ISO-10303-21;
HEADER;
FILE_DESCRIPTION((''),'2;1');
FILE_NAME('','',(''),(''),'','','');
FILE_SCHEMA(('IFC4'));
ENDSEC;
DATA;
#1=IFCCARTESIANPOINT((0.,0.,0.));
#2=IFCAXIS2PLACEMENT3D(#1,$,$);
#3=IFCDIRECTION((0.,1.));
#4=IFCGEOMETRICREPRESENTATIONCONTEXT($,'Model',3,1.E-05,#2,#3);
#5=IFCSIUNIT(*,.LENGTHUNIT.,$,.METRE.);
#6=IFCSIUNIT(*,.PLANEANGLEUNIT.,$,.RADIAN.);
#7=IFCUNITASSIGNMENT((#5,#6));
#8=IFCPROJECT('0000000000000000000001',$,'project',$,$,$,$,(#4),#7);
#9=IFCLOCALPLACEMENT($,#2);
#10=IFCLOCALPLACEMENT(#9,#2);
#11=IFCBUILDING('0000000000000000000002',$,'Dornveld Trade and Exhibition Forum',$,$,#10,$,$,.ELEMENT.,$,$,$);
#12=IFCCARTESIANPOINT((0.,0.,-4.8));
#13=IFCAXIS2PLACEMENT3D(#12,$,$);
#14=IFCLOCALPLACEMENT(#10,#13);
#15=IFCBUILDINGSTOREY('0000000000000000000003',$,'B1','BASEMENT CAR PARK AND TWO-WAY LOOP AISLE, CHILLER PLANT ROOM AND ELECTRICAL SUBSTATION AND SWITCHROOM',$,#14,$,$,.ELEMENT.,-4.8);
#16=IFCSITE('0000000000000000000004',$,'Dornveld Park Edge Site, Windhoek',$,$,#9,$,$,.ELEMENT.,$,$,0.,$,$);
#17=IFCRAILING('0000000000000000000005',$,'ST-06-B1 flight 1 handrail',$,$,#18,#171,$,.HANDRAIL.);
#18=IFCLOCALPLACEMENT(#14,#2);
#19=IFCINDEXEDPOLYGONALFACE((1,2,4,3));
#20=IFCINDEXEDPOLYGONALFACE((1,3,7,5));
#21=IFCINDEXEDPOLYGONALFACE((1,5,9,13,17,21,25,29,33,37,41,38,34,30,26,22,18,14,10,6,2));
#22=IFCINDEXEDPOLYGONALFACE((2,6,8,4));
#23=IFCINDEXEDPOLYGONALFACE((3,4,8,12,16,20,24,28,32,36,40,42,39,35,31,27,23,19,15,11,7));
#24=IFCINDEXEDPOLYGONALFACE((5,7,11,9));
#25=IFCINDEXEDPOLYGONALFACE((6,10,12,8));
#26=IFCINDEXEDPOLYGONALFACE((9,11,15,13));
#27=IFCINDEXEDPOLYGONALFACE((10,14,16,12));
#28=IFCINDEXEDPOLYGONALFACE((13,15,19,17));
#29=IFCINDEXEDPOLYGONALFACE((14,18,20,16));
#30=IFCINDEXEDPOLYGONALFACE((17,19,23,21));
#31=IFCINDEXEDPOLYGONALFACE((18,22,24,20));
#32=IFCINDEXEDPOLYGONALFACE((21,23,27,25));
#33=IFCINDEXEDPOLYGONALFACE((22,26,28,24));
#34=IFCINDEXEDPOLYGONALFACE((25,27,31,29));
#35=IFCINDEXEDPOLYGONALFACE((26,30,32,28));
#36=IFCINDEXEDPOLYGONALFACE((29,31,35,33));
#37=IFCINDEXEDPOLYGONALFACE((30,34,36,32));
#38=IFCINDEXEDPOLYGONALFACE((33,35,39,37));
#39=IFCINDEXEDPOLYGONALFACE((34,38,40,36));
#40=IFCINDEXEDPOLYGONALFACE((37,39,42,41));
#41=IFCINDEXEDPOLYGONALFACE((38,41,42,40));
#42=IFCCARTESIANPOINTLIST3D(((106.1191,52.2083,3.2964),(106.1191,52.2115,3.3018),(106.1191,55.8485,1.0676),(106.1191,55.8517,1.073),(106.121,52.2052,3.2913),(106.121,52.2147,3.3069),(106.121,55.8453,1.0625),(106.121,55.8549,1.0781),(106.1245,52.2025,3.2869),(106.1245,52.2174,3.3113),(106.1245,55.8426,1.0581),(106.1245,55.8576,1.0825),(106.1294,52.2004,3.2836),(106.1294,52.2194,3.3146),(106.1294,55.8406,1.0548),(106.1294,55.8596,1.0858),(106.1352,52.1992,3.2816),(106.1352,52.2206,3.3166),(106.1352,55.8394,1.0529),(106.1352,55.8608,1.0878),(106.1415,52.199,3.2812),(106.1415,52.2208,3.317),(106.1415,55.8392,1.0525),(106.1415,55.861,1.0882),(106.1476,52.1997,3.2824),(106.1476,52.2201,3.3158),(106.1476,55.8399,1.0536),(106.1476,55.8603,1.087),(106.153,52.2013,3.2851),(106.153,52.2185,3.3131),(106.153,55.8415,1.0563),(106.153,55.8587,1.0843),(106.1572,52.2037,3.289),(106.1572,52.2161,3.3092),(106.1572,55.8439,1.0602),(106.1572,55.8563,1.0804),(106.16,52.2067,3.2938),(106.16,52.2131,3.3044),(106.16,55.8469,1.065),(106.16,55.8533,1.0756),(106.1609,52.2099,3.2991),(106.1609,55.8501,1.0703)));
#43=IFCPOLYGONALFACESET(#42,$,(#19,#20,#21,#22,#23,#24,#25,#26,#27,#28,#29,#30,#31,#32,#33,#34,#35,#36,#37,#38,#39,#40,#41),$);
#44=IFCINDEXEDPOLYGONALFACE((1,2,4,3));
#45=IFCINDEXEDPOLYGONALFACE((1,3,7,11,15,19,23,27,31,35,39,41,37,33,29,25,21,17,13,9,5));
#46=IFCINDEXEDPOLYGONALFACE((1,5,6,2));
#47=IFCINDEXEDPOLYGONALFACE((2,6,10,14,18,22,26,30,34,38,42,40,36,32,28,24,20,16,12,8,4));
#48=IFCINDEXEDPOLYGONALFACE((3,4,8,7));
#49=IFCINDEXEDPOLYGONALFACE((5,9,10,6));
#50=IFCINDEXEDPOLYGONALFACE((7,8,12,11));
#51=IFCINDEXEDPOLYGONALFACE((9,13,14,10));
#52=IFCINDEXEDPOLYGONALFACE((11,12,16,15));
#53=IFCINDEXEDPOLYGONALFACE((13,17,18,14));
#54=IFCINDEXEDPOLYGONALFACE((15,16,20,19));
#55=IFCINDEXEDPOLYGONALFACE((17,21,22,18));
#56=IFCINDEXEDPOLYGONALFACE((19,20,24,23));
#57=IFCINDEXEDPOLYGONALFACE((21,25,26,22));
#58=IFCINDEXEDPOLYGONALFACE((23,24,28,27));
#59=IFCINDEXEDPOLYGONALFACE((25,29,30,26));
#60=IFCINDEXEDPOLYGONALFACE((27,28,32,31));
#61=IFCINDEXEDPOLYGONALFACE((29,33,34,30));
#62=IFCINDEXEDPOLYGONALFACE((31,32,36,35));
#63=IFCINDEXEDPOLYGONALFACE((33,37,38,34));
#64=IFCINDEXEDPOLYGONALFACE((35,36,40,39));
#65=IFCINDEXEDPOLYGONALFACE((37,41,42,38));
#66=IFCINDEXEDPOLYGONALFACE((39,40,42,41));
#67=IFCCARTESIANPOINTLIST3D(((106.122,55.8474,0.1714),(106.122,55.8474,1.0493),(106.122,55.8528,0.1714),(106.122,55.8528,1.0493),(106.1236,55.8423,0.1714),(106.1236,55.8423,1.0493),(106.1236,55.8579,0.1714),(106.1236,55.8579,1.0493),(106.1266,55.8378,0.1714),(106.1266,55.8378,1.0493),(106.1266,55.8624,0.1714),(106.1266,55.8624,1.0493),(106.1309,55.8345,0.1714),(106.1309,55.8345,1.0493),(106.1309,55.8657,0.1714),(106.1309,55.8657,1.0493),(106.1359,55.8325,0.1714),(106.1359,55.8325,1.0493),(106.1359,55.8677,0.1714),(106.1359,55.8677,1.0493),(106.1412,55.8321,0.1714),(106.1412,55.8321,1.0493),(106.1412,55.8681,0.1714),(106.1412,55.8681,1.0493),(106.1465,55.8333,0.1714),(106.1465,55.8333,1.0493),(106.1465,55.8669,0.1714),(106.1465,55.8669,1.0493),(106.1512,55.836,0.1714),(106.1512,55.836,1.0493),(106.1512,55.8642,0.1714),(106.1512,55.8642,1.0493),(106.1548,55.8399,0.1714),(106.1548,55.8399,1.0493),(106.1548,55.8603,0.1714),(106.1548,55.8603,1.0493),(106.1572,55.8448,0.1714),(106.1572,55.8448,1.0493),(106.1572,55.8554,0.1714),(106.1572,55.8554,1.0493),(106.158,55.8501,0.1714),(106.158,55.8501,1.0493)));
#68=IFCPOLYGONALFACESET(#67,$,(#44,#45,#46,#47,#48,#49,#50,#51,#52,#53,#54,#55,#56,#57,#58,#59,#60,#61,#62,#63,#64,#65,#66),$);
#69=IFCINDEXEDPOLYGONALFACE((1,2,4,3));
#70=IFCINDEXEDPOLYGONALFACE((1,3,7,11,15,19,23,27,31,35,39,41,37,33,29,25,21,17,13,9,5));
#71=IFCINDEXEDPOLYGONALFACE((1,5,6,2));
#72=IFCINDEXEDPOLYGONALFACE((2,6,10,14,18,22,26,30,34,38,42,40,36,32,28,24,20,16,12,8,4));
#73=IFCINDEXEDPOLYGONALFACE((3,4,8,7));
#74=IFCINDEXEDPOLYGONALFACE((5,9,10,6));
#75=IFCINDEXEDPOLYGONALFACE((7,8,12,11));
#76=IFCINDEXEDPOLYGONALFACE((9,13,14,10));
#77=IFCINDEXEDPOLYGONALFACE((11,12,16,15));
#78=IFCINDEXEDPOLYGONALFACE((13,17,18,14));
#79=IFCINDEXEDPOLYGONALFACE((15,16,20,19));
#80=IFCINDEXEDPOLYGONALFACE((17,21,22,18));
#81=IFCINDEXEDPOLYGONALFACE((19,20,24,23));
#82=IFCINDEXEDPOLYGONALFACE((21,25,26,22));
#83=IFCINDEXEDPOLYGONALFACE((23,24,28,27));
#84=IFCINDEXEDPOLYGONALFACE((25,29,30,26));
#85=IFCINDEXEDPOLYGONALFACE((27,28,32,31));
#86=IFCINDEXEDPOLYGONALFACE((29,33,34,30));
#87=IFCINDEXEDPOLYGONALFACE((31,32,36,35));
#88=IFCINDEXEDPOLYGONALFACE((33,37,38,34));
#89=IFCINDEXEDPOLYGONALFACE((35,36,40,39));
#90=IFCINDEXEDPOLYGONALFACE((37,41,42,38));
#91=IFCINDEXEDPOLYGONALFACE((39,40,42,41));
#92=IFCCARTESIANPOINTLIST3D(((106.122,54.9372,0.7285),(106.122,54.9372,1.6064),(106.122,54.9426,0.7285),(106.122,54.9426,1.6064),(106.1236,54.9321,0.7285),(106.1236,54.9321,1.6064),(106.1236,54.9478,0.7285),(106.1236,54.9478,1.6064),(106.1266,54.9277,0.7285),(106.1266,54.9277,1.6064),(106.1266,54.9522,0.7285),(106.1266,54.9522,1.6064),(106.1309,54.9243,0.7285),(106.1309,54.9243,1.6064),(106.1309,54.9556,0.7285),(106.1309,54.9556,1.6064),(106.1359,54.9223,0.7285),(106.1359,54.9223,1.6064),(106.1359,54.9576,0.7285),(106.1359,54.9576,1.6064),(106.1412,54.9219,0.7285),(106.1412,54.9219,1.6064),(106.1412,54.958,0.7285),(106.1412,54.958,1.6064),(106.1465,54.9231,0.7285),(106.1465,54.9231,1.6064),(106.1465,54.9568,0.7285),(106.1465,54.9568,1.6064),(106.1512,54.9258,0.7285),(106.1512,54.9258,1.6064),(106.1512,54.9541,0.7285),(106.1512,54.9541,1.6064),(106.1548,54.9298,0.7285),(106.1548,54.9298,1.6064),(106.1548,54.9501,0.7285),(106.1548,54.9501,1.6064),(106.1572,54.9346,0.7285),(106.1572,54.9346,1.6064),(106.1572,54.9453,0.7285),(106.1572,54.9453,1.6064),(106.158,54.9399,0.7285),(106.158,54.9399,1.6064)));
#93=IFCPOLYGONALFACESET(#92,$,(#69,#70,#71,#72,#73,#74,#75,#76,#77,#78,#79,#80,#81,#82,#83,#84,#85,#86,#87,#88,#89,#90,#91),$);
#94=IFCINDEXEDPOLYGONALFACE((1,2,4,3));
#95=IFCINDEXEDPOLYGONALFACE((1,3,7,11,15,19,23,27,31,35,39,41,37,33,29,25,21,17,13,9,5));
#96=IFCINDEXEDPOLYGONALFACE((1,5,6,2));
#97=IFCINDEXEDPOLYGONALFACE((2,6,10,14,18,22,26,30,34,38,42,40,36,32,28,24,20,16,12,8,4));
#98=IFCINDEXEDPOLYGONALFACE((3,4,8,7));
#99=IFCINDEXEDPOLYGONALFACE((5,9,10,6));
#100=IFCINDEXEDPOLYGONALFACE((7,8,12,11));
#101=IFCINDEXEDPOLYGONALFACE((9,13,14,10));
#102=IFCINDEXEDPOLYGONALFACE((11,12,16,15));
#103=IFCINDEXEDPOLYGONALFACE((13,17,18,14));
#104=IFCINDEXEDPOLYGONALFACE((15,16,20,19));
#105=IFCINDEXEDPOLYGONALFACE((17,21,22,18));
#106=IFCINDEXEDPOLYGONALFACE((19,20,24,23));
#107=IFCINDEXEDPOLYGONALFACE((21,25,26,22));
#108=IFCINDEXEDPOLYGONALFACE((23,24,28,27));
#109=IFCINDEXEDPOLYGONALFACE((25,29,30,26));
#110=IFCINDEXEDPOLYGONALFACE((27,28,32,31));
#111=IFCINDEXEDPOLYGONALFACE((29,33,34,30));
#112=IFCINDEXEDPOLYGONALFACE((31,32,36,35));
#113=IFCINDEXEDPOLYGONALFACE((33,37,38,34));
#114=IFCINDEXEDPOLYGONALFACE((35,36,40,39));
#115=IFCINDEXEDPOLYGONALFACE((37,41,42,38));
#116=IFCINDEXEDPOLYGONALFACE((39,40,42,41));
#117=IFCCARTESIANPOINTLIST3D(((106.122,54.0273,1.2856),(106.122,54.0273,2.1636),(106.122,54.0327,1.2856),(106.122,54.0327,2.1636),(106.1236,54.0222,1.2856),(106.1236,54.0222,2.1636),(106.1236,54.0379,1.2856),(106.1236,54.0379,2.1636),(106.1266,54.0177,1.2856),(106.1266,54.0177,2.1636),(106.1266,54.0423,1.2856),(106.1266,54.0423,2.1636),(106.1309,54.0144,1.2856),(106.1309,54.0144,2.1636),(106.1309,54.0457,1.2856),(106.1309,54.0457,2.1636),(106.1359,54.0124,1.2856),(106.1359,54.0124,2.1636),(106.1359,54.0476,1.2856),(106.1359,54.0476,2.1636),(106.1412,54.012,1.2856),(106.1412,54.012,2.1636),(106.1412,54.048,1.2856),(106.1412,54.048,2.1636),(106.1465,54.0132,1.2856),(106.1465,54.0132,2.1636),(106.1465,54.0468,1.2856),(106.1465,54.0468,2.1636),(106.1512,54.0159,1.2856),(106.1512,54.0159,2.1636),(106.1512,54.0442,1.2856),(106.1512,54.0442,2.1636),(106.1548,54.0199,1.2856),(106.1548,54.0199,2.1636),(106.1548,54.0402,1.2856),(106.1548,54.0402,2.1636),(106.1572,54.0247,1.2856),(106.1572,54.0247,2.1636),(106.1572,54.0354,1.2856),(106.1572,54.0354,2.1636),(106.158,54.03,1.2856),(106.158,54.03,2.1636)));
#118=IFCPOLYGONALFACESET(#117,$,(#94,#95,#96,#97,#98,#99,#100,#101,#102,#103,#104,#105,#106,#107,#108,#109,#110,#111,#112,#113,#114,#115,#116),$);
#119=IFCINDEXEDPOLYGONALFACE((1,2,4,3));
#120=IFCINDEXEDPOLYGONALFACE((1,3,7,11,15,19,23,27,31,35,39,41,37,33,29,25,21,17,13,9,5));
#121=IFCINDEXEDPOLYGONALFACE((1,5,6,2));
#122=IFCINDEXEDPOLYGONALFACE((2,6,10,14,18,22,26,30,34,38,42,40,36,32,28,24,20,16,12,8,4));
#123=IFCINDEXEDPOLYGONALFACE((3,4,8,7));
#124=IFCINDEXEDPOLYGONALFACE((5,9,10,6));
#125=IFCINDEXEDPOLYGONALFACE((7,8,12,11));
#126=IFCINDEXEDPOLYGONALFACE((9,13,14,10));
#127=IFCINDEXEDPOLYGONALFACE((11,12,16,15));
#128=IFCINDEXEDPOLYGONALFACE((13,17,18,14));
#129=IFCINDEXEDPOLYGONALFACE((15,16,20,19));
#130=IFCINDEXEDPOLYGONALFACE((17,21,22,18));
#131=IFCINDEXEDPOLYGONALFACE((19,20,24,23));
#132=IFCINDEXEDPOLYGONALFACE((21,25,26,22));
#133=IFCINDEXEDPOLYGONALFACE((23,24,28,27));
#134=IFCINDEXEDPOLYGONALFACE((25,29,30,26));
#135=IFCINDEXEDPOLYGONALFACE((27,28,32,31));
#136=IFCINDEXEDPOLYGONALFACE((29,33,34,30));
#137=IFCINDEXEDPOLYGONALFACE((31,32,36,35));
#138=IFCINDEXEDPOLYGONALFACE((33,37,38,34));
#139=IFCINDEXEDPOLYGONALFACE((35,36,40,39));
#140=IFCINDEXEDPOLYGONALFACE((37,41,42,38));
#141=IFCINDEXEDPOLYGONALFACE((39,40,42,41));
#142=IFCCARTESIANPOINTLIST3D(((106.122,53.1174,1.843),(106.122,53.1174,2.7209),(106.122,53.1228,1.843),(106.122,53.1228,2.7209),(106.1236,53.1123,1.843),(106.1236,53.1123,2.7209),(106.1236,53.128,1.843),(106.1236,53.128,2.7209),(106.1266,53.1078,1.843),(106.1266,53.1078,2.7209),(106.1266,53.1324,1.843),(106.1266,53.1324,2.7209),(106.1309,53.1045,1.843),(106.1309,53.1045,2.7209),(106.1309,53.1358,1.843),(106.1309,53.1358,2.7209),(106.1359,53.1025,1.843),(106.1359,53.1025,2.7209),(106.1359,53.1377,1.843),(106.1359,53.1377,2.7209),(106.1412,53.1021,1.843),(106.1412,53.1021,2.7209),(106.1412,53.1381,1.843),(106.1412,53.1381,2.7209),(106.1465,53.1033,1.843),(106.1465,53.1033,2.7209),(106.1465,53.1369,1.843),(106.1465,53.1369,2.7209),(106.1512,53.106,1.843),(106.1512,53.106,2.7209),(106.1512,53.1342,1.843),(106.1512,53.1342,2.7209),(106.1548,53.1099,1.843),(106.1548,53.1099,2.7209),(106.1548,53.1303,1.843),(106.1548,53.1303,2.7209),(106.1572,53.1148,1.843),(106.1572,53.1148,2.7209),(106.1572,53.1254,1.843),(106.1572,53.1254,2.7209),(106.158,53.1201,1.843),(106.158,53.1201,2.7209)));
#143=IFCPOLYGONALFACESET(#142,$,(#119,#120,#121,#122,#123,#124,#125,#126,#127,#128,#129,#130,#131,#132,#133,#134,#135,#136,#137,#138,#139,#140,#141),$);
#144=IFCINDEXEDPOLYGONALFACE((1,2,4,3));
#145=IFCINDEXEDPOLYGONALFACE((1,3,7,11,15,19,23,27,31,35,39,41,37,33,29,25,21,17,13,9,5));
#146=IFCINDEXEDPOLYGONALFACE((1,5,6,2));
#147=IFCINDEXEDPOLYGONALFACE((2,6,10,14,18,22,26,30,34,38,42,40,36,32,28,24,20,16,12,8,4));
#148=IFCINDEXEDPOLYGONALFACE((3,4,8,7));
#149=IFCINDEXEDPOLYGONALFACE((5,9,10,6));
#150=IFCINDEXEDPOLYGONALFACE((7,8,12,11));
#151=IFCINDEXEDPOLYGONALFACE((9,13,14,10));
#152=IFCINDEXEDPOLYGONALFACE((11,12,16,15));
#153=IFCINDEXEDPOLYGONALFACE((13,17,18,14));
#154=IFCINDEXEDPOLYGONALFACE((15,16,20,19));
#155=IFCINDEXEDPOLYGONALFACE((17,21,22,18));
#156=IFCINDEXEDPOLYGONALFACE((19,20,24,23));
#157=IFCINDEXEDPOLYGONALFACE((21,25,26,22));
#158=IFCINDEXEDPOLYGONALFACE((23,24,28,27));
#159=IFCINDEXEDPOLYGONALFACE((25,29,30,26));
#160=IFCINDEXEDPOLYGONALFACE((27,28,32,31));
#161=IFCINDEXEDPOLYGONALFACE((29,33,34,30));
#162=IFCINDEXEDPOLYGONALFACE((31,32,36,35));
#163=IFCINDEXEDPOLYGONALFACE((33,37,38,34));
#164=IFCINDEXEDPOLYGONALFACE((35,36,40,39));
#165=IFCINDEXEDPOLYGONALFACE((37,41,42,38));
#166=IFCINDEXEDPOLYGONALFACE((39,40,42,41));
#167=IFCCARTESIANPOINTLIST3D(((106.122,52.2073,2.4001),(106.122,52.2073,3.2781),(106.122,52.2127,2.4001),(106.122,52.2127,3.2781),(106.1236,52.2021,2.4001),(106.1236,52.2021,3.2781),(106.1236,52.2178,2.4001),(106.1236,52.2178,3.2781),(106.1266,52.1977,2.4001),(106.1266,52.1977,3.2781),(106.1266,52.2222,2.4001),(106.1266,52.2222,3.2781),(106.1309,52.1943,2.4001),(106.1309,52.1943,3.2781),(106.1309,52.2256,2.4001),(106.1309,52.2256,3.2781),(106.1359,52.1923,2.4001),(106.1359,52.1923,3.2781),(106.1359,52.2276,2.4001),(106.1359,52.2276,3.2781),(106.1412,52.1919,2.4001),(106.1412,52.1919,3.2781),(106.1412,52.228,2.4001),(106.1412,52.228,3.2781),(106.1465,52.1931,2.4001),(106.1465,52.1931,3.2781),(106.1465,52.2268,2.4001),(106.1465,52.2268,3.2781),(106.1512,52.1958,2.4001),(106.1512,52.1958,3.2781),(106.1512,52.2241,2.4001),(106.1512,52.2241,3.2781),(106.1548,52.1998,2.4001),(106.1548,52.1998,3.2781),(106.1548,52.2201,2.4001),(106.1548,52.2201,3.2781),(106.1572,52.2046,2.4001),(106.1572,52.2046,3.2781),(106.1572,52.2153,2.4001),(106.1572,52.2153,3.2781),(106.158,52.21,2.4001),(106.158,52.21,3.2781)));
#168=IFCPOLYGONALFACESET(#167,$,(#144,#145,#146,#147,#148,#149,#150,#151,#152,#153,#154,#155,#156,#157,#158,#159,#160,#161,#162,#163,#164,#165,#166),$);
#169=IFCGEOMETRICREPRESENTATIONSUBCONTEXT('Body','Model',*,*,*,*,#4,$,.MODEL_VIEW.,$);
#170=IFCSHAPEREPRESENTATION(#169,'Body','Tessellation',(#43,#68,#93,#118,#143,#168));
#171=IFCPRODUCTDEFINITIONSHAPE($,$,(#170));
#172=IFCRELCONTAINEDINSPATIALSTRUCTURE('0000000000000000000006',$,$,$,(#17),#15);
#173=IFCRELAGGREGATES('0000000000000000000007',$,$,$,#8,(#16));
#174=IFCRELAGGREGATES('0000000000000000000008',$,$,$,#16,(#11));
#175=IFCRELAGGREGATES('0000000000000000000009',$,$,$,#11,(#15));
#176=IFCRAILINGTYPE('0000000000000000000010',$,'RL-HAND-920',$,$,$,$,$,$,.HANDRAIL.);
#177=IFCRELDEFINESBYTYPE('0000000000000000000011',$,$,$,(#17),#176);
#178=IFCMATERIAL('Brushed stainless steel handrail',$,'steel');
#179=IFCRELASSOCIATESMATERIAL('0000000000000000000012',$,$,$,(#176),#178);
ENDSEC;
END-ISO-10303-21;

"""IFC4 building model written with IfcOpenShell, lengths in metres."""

from ifc_helpers import new_model, si_unit, direction, frame, origin, origin_2d, place, context, subcontext, project, spatial, circle, extrude, material, type_object, element, save


model = new_model("IFC4")

# Units and contexts
model_context = context("Model", 3, precision=1e-05, world=origin(), true_north=direction((0.0, 1.0)))
body_context = subcontext(model_context, "Body", "Model", "MODEL_VIEW")
ifc_project = project(units=[si_unit("LENGTHUNIT", "METRE"), si_unit("PLANEANGLEUNIT", "RADIAN")], contexts=[model_context])

# Site, building, storey
site_placement = place(None, origin())
site = spatial("IfcSite", under=ifc_project, at=site_placement, Name="Dornveld Park Edge Site, Windhoek", CompositionType="ELEMENT", RefElevation=0.0)
building_placement = place(site_placement, origin())
building = spatial("IfcBuilding", under=site, at=building_placement, Name="Dornveld Trade and Exhibition Forum", CompositionType="ELEMENT")
storey_placement = place(building_placement, frame((0.0, 0.0, -4.8)))
storey = spatial("IfcBuildingStorey", under=building, at=storey_placement, Name="B1", Description="BASEMENT CAR PARK AND TWO-WAY LOOP AISLE, CHILLER PLANT ROOM AND ELECTRICAL SUBSTATION AND SWITCHROOM", CompositionType="ELEMENT", Elevation=-4.8)

# Railing
ifc_material_1 = material(Name="Brushed stainless steel handrail", Category="steel")
railing_type_1 = type_object("IfcRailingType", Name="RL-HAND-920", PredefinedType="HANDRAIL", material=ifc_material_1)
railing_1_placement = place(storey_placement, frame((106.1399, 55.8501, 0.1714)))
element("IfcRailing", 1, at=railing_1_placement, inside=storey, type_object=railing_type_1, Name="ST-06-B1 flight 1 handrail", PredefinedType="HANDRAIL", context=body_context, shape_type="SweptSolid", body=[
    extrude(circle(Radius=0.021, at=origin_2d()), frame((0.0, 0.0, 0.8989), z_axis=(0.0, -0.85284, 0.522172), x_axis=(1.0, 0.0, 0.0)), (0.0, 0.0, 1.0), 4.2683),
    extrude(circle(Radius=0.0181, at=origin_2d()), origin(), (0.0, 0.0, 1.0), 0.8779),
    extrude(circle(Radius=0.0181, at=origin_2d()), frame((0.0, -0.9102, 0.5571)), (0.0, 0.0, 1.0), 0.8779),
    extrude(circle(Radius=0.0181, at=origin_2d()), frame((0.0, -1.8201, 1.1143)), (0.0, 0.0, 1.0), 0.8779),
    extrude(circle(Radius=0.0181, at=origin_2d()), frame((0.0, -2.73, 1.6716)), (0.0, 0.0, 1.0), 0.8779),
    extrude(circle(Radius=0.0181, at=origin_2d()), frame((0.0, -3.6401, 2.2288)), (0.0, 0.0, 1.0), 0.8779),
])

save(model, "model.ifc")
